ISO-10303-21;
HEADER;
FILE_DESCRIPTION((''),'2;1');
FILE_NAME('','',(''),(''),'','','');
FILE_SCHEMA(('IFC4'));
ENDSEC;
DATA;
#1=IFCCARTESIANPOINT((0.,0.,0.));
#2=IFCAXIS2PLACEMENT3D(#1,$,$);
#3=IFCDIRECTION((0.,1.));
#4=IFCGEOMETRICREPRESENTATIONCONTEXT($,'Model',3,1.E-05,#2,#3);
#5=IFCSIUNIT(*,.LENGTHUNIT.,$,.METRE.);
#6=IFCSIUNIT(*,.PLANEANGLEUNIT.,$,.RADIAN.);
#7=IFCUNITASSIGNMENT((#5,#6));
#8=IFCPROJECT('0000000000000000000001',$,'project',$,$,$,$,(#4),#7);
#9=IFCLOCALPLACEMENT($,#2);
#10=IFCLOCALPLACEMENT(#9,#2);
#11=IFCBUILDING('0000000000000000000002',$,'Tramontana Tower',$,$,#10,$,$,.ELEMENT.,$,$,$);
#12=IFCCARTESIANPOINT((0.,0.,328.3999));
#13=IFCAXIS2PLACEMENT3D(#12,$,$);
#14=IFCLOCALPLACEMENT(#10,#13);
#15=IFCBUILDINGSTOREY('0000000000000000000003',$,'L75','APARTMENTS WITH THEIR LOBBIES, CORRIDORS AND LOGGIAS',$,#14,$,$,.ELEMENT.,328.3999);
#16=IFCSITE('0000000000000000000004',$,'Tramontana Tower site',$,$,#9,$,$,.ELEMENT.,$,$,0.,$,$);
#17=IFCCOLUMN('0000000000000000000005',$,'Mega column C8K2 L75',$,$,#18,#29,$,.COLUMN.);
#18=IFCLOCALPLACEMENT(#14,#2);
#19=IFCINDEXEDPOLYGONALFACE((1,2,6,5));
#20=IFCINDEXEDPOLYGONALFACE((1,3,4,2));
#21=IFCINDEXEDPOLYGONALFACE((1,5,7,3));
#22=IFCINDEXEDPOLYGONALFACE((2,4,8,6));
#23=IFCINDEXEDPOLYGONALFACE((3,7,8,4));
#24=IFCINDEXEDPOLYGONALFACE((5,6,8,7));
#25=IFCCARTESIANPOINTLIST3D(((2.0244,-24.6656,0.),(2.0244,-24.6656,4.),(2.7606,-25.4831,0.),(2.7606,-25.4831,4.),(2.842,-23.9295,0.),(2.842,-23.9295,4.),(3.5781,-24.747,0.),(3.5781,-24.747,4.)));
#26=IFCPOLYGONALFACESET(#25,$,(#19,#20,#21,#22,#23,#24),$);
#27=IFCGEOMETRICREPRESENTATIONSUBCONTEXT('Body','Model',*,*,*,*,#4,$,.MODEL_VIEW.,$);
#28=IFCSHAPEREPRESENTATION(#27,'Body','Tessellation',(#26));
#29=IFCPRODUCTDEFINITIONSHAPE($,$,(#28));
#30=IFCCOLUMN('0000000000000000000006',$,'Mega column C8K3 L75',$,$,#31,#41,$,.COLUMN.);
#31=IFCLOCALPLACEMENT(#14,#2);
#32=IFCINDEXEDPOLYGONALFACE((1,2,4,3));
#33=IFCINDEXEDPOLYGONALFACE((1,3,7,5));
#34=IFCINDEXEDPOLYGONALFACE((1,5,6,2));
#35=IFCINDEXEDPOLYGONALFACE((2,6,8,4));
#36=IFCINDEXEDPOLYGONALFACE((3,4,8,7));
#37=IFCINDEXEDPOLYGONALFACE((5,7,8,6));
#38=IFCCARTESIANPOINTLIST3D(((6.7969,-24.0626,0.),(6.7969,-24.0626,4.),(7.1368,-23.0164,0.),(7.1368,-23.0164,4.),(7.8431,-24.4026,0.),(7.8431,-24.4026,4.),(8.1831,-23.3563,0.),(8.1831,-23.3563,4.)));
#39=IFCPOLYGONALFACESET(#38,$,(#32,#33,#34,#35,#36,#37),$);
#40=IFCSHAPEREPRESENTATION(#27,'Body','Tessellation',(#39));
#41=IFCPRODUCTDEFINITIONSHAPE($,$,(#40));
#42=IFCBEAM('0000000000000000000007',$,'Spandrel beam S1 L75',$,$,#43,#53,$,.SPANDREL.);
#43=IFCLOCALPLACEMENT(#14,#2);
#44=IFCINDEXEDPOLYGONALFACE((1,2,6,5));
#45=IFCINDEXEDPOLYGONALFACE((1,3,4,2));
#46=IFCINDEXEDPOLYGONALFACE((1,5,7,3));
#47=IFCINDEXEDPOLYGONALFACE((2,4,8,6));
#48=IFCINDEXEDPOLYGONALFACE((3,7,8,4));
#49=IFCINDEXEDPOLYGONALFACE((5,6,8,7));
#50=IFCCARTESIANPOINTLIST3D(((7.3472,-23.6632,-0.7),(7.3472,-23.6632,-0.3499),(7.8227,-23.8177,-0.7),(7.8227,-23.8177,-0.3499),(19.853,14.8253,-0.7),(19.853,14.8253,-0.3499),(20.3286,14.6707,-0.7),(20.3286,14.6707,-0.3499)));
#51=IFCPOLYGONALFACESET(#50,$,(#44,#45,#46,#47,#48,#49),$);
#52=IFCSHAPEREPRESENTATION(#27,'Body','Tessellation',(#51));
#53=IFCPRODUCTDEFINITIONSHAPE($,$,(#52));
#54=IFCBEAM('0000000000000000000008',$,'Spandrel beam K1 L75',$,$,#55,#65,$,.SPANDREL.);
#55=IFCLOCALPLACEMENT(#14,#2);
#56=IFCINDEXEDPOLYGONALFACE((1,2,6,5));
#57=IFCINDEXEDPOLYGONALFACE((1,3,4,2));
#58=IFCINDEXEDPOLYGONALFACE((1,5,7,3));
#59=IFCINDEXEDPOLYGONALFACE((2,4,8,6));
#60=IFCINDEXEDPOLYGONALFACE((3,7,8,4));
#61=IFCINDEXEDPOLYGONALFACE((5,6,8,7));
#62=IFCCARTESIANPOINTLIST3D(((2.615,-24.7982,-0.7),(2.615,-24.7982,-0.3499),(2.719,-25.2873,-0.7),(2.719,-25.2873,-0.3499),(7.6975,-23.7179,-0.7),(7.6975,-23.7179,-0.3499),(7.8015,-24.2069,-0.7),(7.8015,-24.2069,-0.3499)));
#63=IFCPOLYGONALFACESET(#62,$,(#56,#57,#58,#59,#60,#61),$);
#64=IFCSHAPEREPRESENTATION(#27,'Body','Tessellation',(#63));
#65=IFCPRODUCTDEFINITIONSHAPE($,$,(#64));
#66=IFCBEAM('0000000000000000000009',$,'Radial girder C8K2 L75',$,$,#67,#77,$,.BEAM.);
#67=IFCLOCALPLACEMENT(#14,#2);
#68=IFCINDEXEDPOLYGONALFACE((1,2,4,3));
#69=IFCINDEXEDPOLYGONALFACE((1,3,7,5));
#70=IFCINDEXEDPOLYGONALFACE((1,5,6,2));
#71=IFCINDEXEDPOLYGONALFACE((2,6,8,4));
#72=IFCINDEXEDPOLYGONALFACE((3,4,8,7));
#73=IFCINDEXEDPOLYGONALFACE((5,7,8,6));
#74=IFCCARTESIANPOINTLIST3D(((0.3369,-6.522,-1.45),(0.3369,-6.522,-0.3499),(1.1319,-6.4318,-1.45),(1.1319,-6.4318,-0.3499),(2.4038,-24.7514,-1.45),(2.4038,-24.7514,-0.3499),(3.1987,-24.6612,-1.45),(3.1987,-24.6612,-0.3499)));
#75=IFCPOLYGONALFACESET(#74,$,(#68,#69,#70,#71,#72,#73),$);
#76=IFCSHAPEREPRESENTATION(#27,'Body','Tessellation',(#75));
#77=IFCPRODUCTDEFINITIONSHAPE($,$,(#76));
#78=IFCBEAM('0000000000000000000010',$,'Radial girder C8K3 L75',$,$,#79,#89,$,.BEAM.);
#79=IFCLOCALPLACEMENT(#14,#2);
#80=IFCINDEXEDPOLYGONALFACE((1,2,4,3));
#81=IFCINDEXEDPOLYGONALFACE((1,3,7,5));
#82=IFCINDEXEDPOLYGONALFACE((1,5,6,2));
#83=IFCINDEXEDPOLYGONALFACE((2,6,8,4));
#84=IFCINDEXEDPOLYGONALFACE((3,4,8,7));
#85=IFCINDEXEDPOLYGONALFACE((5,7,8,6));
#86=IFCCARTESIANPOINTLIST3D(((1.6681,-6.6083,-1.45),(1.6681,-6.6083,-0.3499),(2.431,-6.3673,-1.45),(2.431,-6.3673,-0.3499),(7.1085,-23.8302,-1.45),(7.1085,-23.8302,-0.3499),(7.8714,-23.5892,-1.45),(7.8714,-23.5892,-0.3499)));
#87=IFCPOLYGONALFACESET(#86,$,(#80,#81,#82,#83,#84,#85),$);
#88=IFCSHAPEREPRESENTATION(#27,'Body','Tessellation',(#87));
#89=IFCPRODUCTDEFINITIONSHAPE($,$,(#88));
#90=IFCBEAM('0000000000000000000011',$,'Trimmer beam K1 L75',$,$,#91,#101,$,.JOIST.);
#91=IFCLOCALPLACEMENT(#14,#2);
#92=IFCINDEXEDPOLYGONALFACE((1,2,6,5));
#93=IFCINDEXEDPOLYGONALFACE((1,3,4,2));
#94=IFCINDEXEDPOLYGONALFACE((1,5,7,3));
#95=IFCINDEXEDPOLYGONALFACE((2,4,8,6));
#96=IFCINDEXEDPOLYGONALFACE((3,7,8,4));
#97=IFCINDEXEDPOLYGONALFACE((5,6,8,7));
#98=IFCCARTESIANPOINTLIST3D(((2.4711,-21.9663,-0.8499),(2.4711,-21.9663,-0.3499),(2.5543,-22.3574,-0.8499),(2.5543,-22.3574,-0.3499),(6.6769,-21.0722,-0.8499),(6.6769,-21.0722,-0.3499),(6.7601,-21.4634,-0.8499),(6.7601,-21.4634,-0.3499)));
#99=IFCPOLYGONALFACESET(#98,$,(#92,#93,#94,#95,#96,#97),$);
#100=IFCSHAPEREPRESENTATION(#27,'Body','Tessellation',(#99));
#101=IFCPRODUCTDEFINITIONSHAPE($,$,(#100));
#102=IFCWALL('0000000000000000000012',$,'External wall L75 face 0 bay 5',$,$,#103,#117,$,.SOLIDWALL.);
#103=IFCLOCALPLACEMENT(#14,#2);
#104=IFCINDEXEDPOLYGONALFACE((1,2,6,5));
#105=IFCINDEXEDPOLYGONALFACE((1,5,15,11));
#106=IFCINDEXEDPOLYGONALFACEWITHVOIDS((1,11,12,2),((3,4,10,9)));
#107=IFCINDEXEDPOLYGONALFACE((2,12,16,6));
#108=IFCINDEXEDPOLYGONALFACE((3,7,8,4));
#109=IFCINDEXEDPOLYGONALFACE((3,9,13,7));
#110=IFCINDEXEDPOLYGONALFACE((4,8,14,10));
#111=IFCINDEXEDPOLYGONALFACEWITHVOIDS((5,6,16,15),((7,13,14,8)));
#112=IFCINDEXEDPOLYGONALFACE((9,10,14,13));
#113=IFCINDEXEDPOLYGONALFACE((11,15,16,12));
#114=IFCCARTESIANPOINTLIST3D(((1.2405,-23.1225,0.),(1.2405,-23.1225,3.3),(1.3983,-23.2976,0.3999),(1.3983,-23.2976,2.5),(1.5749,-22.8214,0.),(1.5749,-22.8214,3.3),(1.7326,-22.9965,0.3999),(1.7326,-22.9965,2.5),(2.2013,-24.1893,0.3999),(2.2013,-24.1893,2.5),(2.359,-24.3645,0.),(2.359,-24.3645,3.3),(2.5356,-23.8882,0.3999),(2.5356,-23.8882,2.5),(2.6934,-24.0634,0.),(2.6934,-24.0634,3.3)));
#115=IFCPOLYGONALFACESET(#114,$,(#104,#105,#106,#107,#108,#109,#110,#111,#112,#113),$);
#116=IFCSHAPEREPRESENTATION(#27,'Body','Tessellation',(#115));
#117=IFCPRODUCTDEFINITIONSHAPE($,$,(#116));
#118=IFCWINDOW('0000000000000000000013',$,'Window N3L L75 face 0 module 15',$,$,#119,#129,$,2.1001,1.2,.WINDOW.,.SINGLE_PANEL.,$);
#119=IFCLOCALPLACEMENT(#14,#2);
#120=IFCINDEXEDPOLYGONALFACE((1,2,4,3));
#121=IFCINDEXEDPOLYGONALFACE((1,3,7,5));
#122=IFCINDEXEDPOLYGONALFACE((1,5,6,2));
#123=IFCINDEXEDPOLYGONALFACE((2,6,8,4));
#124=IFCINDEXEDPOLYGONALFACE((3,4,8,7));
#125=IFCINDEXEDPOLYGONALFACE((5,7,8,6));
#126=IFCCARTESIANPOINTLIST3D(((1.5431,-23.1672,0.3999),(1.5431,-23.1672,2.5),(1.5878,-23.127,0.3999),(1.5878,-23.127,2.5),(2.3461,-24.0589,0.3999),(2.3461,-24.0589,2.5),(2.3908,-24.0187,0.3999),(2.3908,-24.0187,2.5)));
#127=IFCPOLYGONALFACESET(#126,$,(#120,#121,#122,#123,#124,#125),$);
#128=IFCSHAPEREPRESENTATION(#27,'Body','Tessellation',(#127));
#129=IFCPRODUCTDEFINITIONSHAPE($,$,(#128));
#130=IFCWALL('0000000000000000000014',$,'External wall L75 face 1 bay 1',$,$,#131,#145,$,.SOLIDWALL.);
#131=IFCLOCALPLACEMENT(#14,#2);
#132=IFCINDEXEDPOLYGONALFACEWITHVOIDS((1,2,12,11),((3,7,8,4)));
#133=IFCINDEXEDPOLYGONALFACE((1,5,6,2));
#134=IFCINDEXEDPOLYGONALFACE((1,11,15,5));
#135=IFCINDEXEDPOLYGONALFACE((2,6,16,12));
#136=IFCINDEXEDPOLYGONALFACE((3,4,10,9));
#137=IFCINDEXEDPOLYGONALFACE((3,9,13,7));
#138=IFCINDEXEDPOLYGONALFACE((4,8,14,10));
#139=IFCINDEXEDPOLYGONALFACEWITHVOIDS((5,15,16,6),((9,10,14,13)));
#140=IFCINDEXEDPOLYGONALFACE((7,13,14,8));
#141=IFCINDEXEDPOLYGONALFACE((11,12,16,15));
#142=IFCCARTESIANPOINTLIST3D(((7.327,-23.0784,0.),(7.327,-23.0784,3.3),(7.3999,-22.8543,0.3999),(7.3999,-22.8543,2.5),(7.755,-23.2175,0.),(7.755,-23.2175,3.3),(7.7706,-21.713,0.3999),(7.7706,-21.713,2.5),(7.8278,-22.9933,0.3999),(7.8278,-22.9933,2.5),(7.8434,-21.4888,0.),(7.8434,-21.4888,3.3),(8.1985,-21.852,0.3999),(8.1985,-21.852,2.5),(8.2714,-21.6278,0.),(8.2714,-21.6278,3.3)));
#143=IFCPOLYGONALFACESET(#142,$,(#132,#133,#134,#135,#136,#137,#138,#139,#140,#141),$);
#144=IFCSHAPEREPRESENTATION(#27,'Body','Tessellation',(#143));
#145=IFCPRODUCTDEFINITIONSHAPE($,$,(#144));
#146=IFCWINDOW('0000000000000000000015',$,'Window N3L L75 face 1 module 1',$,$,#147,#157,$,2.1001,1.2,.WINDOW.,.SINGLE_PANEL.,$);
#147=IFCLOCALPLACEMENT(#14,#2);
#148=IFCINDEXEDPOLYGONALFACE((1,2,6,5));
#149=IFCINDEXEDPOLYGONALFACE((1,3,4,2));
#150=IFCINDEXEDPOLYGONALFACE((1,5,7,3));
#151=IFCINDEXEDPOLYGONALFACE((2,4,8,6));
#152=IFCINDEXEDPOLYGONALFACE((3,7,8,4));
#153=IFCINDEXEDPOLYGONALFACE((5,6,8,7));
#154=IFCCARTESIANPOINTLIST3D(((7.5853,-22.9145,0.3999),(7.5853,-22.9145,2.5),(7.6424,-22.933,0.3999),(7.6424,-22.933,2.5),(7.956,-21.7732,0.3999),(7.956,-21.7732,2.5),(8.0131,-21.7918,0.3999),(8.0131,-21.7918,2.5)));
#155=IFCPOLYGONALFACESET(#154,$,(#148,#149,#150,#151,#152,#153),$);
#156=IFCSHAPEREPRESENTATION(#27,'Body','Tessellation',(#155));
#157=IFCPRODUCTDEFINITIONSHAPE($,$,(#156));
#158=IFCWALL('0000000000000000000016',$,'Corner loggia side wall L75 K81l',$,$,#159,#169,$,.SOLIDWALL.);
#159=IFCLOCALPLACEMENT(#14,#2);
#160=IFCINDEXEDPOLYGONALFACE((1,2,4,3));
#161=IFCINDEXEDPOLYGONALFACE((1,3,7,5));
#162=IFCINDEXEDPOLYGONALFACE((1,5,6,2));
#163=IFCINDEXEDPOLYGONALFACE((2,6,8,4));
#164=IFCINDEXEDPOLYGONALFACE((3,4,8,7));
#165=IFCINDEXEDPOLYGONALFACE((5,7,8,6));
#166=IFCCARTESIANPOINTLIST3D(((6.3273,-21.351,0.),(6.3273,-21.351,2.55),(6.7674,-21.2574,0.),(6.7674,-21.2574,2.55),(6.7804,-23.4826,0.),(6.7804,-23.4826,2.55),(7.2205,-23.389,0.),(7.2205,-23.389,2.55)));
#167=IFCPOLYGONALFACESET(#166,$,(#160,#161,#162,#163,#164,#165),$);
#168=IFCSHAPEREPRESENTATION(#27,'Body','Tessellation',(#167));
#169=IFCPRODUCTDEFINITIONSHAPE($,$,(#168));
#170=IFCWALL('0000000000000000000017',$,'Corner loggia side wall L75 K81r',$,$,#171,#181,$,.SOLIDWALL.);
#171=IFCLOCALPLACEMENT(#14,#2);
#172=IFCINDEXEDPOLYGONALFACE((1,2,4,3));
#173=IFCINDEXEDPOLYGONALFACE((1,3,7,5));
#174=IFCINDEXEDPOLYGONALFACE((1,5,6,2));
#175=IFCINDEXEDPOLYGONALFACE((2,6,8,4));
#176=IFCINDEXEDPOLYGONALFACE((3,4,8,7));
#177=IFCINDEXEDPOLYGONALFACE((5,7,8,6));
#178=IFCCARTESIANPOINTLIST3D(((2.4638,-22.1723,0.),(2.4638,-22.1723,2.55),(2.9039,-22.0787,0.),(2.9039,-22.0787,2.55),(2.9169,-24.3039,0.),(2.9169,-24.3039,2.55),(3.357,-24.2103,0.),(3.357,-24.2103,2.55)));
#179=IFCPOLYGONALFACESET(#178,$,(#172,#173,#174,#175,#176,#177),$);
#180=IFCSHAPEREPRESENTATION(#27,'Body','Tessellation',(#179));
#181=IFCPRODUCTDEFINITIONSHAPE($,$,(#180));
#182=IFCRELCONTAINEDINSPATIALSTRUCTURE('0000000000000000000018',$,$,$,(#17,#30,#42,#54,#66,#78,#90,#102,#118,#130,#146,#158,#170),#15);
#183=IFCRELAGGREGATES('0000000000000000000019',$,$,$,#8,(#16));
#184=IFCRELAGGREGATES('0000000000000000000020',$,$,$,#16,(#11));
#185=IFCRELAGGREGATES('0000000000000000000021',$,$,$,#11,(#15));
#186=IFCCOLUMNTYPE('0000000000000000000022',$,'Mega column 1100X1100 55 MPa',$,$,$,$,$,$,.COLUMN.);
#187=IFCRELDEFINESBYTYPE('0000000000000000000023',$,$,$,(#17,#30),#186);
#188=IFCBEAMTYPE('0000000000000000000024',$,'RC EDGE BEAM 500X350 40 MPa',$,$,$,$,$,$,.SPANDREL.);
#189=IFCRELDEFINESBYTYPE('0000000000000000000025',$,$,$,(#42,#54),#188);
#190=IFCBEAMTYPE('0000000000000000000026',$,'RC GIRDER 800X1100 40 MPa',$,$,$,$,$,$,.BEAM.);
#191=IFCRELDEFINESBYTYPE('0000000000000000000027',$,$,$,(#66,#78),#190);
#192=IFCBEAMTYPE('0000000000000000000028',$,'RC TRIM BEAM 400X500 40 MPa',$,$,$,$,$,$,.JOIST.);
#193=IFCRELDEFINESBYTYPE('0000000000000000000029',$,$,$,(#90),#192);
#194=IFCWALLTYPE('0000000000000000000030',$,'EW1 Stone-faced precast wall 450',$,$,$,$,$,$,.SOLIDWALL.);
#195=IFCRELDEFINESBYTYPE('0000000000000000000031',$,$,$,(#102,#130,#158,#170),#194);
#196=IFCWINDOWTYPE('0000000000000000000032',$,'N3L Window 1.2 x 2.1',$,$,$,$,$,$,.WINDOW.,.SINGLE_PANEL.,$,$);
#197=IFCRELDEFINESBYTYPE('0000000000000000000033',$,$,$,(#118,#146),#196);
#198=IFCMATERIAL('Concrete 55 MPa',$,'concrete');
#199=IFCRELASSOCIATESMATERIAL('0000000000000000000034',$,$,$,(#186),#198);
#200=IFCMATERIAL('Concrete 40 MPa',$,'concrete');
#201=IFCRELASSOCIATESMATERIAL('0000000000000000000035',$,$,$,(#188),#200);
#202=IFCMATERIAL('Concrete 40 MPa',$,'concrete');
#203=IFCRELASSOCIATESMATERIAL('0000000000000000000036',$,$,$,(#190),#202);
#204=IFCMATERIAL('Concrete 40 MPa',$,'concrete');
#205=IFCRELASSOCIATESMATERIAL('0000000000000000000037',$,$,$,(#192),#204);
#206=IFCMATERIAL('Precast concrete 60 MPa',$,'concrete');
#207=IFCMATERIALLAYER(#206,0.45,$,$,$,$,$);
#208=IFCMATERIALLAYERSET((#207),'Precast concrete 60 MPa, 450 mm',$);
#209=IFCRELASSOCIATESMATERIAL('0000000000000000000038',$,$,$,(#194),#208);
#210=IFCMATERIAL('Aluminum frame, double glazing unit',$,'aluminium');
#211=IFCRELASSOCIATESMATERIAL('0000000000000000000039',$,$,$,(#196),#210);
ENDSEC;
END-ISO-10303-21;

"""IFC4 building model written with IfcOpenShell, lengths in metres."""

from ifc_helpers import new_model, si_unit, direction, frame, frame_2d, origin, origin_2d, place, context, subcontext, project, spatial, rectangle, extrude, material, layer, layer_set, material_profile, profile_set, type_object, element, fill, save


model = new_model("IFC4")

# Units and contexts
model_context = context("Model", 3, precision=1e-05, world=origin(), true_north=direction((0.0, 1.0)))
body_context = subcontext(model_context, "Body", "Model", "MODEL_VIEW")
ifc_project = project(units=[si_unit("LENGTHUNIT", "METRE"), si_unit("PLANEANGLEUNIT", "RADIAN")], contexts=[model_context])

# Site, building, storey
site_placement = place(None, origin())
site = spatial("IfcSite", under=ifc_project, at=site_placement, Name="Tramontana Tower site", CompositionType="ELEMENT", RefElevation=0.0)
building_placement = place(site_placement, origin())
building = spatial("IfcBuilding", under=site, at=building_placement, Name="Tramontana Tower", CompositionType="ELEMENT")
storey_placement = place(building_placement, frame((0.0, 0.0, 328.3999)))
storey = spatial("IfcBuildingStorey", under=building, at=storey_placement, Name="L75", Description="APARTMENTS WITH THEIR LOBBIES, CORRIDORS AND LOGGIAS", CompositionType="ELEMENT", Elevation=328.3999)

# Columns
ifc_material_1 = material(Name="Concrete 55 MPa", Category="concrete")
ifc_material_profile_1 = material_profile(ifc_material_1, rectangle(XDim=1.1001, YDim=1.1001, at=origin_2d()), Name="Mega column 1100X1100 55 MPa")
ifc_profile_set_1 = profile_set([ifc_material_profile_1], Name="Concrete 55 MPa")
column_type = type_object("IfcColumnType", Name="Mega column 1100X1100 55 MPa", PredefinedType="COLUMN", material=ifc_profile_set_1)
for number, where, z_axis, x_axis, name in (
    (1, (2.8013, -24.7063, 0.0), (0.0, 0.0, 1.0), (0.669131, -0.743145, 0.0), "Mega column C8K2 L75"),
    (2, (7.49, -23.7095, 0.0), (0.0, 0.0, 1.0), (0.309017, 0.951057, 0.0), "Mega column C8K3 L75"),
):
    element("IfcColumn", number, at=place(storey_placement, frame(where, z_axis=z_axis, x_axis=x_axis)), inside=storey, type_object=column_type, Name=name, PredefinedType="COLUMN", context=body_context, shape_type="SweptSolid", body=[
        extrude(rectangle(XDim=1.1001, YDim=1.1001, at=origin_2d()), origin(), (0.0, 0.0, 1.0), 4.0),
    ])

# Beams
ifc_material_2 = material(Name="Concrete 40 MPa", Category="concrete")
ifc_material_profile_2 = material_profile(ifc_material_2, rectangle(XDim=0.5, YDim=0.3501, at=origin_2d()), Name="RC EDGE BEAM 500X350 40 MPa")
ifc_profile_set_2 = profile_set([ifc_material_profile_2], Name="Concrete 40 MPa")
beam_type_1 = type_object("IfcBeamType", Name="RC EDGE BEAM 500X350 40 MPa", PredefinedType="SPANDREL", material=ifc_profile_set_2)
beam_1_placement = place(storey_placement, frame((7.585, -23.7405, -0.5249), z_axis=(0.309021, 0.951055, 0.0), x_axis=(-0.951055, 0.309021, 0.0)))
element("IfcBeam", 3, at=beam_1_placement, inside=storey, type_object=beam_type_1, Name="Spandrel beam S1 L75", PredefinedType="SPANDREL", context=body_context, shape_type="SweptSolid", body=[
    extrude(rectangle(XDim=0.5, YDim=0.3501, at=origin_2d()), origin(), (0.0, 0.0, 1.0), 40.4692),
])
beam_2_placement = place(storey_placement, frame((2.667, -25.0427, -0.5249), z_axis=(0.978148, 0.207912, 0.0), x_axis=(-0.207912, 0.978148, 0.0)))
element("IfcBeam", 4, at=beam_2_placement, inside=storey, type_object=beam_type_1, Name="Spandrel beam K1 L75", PredefinedType="SPANDREL", context=body_context, shape_type="SweptSolid", body=[
    extrude(rectangle(XDim=0.5, YDim=0.3501, at=origin_2d()), origin(), (0.0, 0.0, 1.0), 5.196),
])
ifc_material_3 = material(Name="Concrete 40 MPa", Category="concrete")
ifc_material_profile_3 = material_profile(ifc_material_3, rectangle(XDim=0.8, YDim=1.1001, at=origin_2d()), Name="RC GIRDER 800X1100 40 MPa")
ifc_profile_set_3 = profile_set([ifc_material_profile_3], Name="Concrete 40 MPa")
beam_type_2 = type_object("IfcBeamType", Name="RC GIRDER 800X1100 40 MPa", PredefinedType="BEAM", material=ifc_profile_set_3)
beam_3_placement = place(storey_placement, frame((2.8013, -24.7063, -0.8999), z_axis=(-0.11266, 0.993634, 0.0), x_axis=(-0.993634, -0.11266, 0.0)))
element("IfcBeam", 5, at=beam_3_placement, inside=storey, type_object=beam_type_2, Name="Radial girder C8K2 L75", PredefinedType="BEAM", context=body_context, shape_type="SweptSolid", body=[
    extrude(rectangle(XDim=0.8, YDim=1.1001, at=origin_2d()), origin(), (0.0, 0.0, 1.0), 18.3462),
])
beam_4_placement = place(storey_placement, frame((7.49, -23.7097, -0.8999), z_axis=(-0.301228, 0.953552, 0.0), x_axis=(-0.953552, -0.301228, 0.0)))
element("IfcBeam", 6, at=beam_4_placement, inside=storey, type_object=beam_type_2, Name="Radial girder C8K3 L75", PredefinedType="BEAM", context=body_context, shape_type="SweptSolid", body=[
    extrude(rectangle(XDim=0.8, YDim=1.1001, at=origin_2d()), origin(), (0.0, 0.0, 1.0), 18.0608),
])
ifc_material_4 = material(Name="Concrete 40 MPa", Category="concrete")
ifc_material_profile_4 = material_profile(ifc_material_4, rectangle(XDim=0.3999, YDim=0.5, at=origin_2d()), Name="RC TRIM BEAM 400X500 40 MPa")
ifc_profile_set_4 = profile_set([ifc_material_profile_4], Name="Concrete 40 MPa")
beam_type_3 = type_object("IfcBeamType", Name="RC TRIM BEAM 400X500 40 MPa", PredefinedType="JOIST", material=ifc_profile_set_4)
beam_5_placement = place(storey_placement, frame((2.5127, -22.1619, -0.5999), z_axis=(0.978144, 0.207927, 0.0), x_axis=(-0.207927, 0.978144, 0.0)))
element("IfcBeam", 7, at=beam_5_placement, inside=storey, type_object=beam_type_3, Name="Trimmer beam K1 L75", PredefinedType="JOIST", context=body_context, shape_type="SweptSolid", body=[
    extrude(rectangle(XDim=0.3999, YDim=0.5, at=origin_2d()), origin(), (0.0, 0.0, 1.0), 4.2998),
])

# Walls, openings, windows
ifc_material_5 = material(Name="Precast concrete 60 MPa", Category="concrete")
ifc_layer_1 = layer(ifc_material_5, 0.45)
ifc_layer_set_1 = layer_set([ifc_layer_1], Name="Precast concrete 60 MPa, 450 mm")
wall_type_1 = type_object("IfcWallType", Name="EW1 Stone-faced precast wall 450", PredefinedType="SOLIDWALL", material=ifc_layer_set_1)
wall_1_placement = place(storey_placement, frame((1.4077, -22.9719, 0.0), z_axis=(0.0, 0.0, 1.0), x_axis=(0.669183, -0.743098, 0.0)))
wall_1 = element("IfcWall", 8, at=wall_1_placement, inside=storey, type_object=wall_type_1, Name="External wall L75 face 0 bay 5", PredefinedType="SOLIDWALL", context=body_context, shape_type="SweptSolid", body=[
    extrude(rectangle(XDim=1.6714, YDim=0.45, at=frame_2d((0.8357, 0.0))), origin(), (0.0, 0.0, 1.0), 3.3),
])
opening_1_placement = place(wall_1_placement, frame((0.2356, 0.0, 0.3999)))
opening_1 = element("IfcOpeningElement", 9, at=opening_1_placement, cuts=wall_1, PredefinedType="OPENING", context=body_context, shape_type="SweptSolid", body=[
    extrude(rectangle(XDim=1.2, YDim=2.1001, at=frame_2d((0.6001, 1.05))), frame((0.0, 0.2349, 0.0), z_axis=(0.0, -1.0, 0.0), x_axis=(1.0, 0.0, 0.0)), (0.0, 0.0, 1.0), 0.47),
])
ifc_material_6 = material(Name="Aluminum frame, double glazing unit", Category="aluminium")
window_type = type_object("IfcWindowType", Name="N3L Window 1.2 x 2.1", PartitioningType="SINGLE_PANEL", PredefinedType="WINDOW", material=ifc_material_6)
window_1_placement = place(opening_1_placement, origin())
window_1 = element("IfcWindow", 10, at=window_1_placement, inside=storey, type_object=window_type, Name="Window N3L L75 face 0 module 15", OverallHeight=2.1001, OverallWidth=1.2, PartitioningType="SINGLE_PANEL", PredefinedType="WINDOW", context=body_context, shape_type="SweptSolid", body=[
    extrude(rectangle(XDim=1.2, YDim=2.1001, at=frame_2d((0.6001, 1.05))), frame((0.0, 0.03, 0.0), z_axis=(0.0, -1.0, 0.0), x_axis=(1.0, 0.0, 0.0)), (0.0, 0.0, 1.0), 0.0601),
])
fill(opening_1, window_1)
wall_2_placement = place(storey_placement, frame((7.541, -23.1479, 0.0), z_axis=(0.0, 0.0, 1.0), x_axis=(0.308944, 0.95108, 0.0)))
wall_2 = element("IfcWall", 11, at=wall_2_placement, inside=storey, type_object=wall_type_1, Name="External wall L75 face 1 bay 1", PredefinedType="SOLIDWALL", context=body_context, shape_type="SweptSolid", body=[
    extrude(rectangle(XDim=1.6714, YDim=0.45, at=frame_2d((0.8357, 0.0))), origin(), (0.0, 0.0, 1.0), 3.3),
])
opening_2_placement = place(wall_2_placement, frame((0.2356, 0.0, 0.3999)))
opening_2 = element("IfcOpeningElement", 12, at=opening_2_placement, cuts=wall_2, PredefinedType="OPENING", context=body_context, shape_type="SweptSolid", body=[
    extrude(rectangle(XDim=1.2, YDim=2.1001, at=frame_2d((0.6001, 1.05))), frame((0.0, 0.2349, 0.0), z_axis=(0.0, -1.0, 0.0), x_axis=(1.0, 0.0, 0.0)), (0.0, 0.0, 1.0), 0.47),
])
window_2_placement = place(opening_2_placement, origin())
window_2 = element("IfcWindow", 13, at=window_2_placement, inside=storey, type_object=window_type, Name="Window N3L L75 face 1 module 1", OverallHeight=2.1001, OverallWidth=1.2, PartitioningType="SINGLE_PANEL", PredefinedType="WINDOW", context=body_context, shape_type="SweptSolid", body=[
    extrude(rectangle(XDim=1.2, YDim=2.1001, at=frame_2d((0.6001, 1.05))), frame((0.0, 0.03, 0.0), z_axis=(0.0, -1.0, 0.0), x_axis=(1.0, 0.0, 0.0)), (0.0, 0.0, 1.0), 0.0601),
])
fill(opening_2, window_2)

# Walls
for number, where, z_axis, x_axis, name in (
    (14, (7.0005, -23.4358, 0.0), (0.0, 0.0, 1.0), (-0.20793, 0.978144, 0.0), "Corner loggia side wall L75 K81l"),
    (15, (3.137, -24.2571, 0.0), (0.0, 0.0, 1.0), (-0.20793, 0.978144, 0.0), "Corner loggia side wall L75 K81r"),
):
    element("IfcWall", number, at=place(storey_placement, frame(where, z_axis=z_axis, x_axis=x_axis)), inside=storey, type_object=wall_type_1, Name=name, PredefinedType="SOLIDWALL", context=body_context, shape_type="SweptSolid", body=[
        extrude(rectangle(XDim=2.1792, YDim=0.45, at=frame_2d((1.0896, 0.0))), origin(), (0.0, 0.0, 1.0), 2.55),
    ])

save(model, "model.ifc")
